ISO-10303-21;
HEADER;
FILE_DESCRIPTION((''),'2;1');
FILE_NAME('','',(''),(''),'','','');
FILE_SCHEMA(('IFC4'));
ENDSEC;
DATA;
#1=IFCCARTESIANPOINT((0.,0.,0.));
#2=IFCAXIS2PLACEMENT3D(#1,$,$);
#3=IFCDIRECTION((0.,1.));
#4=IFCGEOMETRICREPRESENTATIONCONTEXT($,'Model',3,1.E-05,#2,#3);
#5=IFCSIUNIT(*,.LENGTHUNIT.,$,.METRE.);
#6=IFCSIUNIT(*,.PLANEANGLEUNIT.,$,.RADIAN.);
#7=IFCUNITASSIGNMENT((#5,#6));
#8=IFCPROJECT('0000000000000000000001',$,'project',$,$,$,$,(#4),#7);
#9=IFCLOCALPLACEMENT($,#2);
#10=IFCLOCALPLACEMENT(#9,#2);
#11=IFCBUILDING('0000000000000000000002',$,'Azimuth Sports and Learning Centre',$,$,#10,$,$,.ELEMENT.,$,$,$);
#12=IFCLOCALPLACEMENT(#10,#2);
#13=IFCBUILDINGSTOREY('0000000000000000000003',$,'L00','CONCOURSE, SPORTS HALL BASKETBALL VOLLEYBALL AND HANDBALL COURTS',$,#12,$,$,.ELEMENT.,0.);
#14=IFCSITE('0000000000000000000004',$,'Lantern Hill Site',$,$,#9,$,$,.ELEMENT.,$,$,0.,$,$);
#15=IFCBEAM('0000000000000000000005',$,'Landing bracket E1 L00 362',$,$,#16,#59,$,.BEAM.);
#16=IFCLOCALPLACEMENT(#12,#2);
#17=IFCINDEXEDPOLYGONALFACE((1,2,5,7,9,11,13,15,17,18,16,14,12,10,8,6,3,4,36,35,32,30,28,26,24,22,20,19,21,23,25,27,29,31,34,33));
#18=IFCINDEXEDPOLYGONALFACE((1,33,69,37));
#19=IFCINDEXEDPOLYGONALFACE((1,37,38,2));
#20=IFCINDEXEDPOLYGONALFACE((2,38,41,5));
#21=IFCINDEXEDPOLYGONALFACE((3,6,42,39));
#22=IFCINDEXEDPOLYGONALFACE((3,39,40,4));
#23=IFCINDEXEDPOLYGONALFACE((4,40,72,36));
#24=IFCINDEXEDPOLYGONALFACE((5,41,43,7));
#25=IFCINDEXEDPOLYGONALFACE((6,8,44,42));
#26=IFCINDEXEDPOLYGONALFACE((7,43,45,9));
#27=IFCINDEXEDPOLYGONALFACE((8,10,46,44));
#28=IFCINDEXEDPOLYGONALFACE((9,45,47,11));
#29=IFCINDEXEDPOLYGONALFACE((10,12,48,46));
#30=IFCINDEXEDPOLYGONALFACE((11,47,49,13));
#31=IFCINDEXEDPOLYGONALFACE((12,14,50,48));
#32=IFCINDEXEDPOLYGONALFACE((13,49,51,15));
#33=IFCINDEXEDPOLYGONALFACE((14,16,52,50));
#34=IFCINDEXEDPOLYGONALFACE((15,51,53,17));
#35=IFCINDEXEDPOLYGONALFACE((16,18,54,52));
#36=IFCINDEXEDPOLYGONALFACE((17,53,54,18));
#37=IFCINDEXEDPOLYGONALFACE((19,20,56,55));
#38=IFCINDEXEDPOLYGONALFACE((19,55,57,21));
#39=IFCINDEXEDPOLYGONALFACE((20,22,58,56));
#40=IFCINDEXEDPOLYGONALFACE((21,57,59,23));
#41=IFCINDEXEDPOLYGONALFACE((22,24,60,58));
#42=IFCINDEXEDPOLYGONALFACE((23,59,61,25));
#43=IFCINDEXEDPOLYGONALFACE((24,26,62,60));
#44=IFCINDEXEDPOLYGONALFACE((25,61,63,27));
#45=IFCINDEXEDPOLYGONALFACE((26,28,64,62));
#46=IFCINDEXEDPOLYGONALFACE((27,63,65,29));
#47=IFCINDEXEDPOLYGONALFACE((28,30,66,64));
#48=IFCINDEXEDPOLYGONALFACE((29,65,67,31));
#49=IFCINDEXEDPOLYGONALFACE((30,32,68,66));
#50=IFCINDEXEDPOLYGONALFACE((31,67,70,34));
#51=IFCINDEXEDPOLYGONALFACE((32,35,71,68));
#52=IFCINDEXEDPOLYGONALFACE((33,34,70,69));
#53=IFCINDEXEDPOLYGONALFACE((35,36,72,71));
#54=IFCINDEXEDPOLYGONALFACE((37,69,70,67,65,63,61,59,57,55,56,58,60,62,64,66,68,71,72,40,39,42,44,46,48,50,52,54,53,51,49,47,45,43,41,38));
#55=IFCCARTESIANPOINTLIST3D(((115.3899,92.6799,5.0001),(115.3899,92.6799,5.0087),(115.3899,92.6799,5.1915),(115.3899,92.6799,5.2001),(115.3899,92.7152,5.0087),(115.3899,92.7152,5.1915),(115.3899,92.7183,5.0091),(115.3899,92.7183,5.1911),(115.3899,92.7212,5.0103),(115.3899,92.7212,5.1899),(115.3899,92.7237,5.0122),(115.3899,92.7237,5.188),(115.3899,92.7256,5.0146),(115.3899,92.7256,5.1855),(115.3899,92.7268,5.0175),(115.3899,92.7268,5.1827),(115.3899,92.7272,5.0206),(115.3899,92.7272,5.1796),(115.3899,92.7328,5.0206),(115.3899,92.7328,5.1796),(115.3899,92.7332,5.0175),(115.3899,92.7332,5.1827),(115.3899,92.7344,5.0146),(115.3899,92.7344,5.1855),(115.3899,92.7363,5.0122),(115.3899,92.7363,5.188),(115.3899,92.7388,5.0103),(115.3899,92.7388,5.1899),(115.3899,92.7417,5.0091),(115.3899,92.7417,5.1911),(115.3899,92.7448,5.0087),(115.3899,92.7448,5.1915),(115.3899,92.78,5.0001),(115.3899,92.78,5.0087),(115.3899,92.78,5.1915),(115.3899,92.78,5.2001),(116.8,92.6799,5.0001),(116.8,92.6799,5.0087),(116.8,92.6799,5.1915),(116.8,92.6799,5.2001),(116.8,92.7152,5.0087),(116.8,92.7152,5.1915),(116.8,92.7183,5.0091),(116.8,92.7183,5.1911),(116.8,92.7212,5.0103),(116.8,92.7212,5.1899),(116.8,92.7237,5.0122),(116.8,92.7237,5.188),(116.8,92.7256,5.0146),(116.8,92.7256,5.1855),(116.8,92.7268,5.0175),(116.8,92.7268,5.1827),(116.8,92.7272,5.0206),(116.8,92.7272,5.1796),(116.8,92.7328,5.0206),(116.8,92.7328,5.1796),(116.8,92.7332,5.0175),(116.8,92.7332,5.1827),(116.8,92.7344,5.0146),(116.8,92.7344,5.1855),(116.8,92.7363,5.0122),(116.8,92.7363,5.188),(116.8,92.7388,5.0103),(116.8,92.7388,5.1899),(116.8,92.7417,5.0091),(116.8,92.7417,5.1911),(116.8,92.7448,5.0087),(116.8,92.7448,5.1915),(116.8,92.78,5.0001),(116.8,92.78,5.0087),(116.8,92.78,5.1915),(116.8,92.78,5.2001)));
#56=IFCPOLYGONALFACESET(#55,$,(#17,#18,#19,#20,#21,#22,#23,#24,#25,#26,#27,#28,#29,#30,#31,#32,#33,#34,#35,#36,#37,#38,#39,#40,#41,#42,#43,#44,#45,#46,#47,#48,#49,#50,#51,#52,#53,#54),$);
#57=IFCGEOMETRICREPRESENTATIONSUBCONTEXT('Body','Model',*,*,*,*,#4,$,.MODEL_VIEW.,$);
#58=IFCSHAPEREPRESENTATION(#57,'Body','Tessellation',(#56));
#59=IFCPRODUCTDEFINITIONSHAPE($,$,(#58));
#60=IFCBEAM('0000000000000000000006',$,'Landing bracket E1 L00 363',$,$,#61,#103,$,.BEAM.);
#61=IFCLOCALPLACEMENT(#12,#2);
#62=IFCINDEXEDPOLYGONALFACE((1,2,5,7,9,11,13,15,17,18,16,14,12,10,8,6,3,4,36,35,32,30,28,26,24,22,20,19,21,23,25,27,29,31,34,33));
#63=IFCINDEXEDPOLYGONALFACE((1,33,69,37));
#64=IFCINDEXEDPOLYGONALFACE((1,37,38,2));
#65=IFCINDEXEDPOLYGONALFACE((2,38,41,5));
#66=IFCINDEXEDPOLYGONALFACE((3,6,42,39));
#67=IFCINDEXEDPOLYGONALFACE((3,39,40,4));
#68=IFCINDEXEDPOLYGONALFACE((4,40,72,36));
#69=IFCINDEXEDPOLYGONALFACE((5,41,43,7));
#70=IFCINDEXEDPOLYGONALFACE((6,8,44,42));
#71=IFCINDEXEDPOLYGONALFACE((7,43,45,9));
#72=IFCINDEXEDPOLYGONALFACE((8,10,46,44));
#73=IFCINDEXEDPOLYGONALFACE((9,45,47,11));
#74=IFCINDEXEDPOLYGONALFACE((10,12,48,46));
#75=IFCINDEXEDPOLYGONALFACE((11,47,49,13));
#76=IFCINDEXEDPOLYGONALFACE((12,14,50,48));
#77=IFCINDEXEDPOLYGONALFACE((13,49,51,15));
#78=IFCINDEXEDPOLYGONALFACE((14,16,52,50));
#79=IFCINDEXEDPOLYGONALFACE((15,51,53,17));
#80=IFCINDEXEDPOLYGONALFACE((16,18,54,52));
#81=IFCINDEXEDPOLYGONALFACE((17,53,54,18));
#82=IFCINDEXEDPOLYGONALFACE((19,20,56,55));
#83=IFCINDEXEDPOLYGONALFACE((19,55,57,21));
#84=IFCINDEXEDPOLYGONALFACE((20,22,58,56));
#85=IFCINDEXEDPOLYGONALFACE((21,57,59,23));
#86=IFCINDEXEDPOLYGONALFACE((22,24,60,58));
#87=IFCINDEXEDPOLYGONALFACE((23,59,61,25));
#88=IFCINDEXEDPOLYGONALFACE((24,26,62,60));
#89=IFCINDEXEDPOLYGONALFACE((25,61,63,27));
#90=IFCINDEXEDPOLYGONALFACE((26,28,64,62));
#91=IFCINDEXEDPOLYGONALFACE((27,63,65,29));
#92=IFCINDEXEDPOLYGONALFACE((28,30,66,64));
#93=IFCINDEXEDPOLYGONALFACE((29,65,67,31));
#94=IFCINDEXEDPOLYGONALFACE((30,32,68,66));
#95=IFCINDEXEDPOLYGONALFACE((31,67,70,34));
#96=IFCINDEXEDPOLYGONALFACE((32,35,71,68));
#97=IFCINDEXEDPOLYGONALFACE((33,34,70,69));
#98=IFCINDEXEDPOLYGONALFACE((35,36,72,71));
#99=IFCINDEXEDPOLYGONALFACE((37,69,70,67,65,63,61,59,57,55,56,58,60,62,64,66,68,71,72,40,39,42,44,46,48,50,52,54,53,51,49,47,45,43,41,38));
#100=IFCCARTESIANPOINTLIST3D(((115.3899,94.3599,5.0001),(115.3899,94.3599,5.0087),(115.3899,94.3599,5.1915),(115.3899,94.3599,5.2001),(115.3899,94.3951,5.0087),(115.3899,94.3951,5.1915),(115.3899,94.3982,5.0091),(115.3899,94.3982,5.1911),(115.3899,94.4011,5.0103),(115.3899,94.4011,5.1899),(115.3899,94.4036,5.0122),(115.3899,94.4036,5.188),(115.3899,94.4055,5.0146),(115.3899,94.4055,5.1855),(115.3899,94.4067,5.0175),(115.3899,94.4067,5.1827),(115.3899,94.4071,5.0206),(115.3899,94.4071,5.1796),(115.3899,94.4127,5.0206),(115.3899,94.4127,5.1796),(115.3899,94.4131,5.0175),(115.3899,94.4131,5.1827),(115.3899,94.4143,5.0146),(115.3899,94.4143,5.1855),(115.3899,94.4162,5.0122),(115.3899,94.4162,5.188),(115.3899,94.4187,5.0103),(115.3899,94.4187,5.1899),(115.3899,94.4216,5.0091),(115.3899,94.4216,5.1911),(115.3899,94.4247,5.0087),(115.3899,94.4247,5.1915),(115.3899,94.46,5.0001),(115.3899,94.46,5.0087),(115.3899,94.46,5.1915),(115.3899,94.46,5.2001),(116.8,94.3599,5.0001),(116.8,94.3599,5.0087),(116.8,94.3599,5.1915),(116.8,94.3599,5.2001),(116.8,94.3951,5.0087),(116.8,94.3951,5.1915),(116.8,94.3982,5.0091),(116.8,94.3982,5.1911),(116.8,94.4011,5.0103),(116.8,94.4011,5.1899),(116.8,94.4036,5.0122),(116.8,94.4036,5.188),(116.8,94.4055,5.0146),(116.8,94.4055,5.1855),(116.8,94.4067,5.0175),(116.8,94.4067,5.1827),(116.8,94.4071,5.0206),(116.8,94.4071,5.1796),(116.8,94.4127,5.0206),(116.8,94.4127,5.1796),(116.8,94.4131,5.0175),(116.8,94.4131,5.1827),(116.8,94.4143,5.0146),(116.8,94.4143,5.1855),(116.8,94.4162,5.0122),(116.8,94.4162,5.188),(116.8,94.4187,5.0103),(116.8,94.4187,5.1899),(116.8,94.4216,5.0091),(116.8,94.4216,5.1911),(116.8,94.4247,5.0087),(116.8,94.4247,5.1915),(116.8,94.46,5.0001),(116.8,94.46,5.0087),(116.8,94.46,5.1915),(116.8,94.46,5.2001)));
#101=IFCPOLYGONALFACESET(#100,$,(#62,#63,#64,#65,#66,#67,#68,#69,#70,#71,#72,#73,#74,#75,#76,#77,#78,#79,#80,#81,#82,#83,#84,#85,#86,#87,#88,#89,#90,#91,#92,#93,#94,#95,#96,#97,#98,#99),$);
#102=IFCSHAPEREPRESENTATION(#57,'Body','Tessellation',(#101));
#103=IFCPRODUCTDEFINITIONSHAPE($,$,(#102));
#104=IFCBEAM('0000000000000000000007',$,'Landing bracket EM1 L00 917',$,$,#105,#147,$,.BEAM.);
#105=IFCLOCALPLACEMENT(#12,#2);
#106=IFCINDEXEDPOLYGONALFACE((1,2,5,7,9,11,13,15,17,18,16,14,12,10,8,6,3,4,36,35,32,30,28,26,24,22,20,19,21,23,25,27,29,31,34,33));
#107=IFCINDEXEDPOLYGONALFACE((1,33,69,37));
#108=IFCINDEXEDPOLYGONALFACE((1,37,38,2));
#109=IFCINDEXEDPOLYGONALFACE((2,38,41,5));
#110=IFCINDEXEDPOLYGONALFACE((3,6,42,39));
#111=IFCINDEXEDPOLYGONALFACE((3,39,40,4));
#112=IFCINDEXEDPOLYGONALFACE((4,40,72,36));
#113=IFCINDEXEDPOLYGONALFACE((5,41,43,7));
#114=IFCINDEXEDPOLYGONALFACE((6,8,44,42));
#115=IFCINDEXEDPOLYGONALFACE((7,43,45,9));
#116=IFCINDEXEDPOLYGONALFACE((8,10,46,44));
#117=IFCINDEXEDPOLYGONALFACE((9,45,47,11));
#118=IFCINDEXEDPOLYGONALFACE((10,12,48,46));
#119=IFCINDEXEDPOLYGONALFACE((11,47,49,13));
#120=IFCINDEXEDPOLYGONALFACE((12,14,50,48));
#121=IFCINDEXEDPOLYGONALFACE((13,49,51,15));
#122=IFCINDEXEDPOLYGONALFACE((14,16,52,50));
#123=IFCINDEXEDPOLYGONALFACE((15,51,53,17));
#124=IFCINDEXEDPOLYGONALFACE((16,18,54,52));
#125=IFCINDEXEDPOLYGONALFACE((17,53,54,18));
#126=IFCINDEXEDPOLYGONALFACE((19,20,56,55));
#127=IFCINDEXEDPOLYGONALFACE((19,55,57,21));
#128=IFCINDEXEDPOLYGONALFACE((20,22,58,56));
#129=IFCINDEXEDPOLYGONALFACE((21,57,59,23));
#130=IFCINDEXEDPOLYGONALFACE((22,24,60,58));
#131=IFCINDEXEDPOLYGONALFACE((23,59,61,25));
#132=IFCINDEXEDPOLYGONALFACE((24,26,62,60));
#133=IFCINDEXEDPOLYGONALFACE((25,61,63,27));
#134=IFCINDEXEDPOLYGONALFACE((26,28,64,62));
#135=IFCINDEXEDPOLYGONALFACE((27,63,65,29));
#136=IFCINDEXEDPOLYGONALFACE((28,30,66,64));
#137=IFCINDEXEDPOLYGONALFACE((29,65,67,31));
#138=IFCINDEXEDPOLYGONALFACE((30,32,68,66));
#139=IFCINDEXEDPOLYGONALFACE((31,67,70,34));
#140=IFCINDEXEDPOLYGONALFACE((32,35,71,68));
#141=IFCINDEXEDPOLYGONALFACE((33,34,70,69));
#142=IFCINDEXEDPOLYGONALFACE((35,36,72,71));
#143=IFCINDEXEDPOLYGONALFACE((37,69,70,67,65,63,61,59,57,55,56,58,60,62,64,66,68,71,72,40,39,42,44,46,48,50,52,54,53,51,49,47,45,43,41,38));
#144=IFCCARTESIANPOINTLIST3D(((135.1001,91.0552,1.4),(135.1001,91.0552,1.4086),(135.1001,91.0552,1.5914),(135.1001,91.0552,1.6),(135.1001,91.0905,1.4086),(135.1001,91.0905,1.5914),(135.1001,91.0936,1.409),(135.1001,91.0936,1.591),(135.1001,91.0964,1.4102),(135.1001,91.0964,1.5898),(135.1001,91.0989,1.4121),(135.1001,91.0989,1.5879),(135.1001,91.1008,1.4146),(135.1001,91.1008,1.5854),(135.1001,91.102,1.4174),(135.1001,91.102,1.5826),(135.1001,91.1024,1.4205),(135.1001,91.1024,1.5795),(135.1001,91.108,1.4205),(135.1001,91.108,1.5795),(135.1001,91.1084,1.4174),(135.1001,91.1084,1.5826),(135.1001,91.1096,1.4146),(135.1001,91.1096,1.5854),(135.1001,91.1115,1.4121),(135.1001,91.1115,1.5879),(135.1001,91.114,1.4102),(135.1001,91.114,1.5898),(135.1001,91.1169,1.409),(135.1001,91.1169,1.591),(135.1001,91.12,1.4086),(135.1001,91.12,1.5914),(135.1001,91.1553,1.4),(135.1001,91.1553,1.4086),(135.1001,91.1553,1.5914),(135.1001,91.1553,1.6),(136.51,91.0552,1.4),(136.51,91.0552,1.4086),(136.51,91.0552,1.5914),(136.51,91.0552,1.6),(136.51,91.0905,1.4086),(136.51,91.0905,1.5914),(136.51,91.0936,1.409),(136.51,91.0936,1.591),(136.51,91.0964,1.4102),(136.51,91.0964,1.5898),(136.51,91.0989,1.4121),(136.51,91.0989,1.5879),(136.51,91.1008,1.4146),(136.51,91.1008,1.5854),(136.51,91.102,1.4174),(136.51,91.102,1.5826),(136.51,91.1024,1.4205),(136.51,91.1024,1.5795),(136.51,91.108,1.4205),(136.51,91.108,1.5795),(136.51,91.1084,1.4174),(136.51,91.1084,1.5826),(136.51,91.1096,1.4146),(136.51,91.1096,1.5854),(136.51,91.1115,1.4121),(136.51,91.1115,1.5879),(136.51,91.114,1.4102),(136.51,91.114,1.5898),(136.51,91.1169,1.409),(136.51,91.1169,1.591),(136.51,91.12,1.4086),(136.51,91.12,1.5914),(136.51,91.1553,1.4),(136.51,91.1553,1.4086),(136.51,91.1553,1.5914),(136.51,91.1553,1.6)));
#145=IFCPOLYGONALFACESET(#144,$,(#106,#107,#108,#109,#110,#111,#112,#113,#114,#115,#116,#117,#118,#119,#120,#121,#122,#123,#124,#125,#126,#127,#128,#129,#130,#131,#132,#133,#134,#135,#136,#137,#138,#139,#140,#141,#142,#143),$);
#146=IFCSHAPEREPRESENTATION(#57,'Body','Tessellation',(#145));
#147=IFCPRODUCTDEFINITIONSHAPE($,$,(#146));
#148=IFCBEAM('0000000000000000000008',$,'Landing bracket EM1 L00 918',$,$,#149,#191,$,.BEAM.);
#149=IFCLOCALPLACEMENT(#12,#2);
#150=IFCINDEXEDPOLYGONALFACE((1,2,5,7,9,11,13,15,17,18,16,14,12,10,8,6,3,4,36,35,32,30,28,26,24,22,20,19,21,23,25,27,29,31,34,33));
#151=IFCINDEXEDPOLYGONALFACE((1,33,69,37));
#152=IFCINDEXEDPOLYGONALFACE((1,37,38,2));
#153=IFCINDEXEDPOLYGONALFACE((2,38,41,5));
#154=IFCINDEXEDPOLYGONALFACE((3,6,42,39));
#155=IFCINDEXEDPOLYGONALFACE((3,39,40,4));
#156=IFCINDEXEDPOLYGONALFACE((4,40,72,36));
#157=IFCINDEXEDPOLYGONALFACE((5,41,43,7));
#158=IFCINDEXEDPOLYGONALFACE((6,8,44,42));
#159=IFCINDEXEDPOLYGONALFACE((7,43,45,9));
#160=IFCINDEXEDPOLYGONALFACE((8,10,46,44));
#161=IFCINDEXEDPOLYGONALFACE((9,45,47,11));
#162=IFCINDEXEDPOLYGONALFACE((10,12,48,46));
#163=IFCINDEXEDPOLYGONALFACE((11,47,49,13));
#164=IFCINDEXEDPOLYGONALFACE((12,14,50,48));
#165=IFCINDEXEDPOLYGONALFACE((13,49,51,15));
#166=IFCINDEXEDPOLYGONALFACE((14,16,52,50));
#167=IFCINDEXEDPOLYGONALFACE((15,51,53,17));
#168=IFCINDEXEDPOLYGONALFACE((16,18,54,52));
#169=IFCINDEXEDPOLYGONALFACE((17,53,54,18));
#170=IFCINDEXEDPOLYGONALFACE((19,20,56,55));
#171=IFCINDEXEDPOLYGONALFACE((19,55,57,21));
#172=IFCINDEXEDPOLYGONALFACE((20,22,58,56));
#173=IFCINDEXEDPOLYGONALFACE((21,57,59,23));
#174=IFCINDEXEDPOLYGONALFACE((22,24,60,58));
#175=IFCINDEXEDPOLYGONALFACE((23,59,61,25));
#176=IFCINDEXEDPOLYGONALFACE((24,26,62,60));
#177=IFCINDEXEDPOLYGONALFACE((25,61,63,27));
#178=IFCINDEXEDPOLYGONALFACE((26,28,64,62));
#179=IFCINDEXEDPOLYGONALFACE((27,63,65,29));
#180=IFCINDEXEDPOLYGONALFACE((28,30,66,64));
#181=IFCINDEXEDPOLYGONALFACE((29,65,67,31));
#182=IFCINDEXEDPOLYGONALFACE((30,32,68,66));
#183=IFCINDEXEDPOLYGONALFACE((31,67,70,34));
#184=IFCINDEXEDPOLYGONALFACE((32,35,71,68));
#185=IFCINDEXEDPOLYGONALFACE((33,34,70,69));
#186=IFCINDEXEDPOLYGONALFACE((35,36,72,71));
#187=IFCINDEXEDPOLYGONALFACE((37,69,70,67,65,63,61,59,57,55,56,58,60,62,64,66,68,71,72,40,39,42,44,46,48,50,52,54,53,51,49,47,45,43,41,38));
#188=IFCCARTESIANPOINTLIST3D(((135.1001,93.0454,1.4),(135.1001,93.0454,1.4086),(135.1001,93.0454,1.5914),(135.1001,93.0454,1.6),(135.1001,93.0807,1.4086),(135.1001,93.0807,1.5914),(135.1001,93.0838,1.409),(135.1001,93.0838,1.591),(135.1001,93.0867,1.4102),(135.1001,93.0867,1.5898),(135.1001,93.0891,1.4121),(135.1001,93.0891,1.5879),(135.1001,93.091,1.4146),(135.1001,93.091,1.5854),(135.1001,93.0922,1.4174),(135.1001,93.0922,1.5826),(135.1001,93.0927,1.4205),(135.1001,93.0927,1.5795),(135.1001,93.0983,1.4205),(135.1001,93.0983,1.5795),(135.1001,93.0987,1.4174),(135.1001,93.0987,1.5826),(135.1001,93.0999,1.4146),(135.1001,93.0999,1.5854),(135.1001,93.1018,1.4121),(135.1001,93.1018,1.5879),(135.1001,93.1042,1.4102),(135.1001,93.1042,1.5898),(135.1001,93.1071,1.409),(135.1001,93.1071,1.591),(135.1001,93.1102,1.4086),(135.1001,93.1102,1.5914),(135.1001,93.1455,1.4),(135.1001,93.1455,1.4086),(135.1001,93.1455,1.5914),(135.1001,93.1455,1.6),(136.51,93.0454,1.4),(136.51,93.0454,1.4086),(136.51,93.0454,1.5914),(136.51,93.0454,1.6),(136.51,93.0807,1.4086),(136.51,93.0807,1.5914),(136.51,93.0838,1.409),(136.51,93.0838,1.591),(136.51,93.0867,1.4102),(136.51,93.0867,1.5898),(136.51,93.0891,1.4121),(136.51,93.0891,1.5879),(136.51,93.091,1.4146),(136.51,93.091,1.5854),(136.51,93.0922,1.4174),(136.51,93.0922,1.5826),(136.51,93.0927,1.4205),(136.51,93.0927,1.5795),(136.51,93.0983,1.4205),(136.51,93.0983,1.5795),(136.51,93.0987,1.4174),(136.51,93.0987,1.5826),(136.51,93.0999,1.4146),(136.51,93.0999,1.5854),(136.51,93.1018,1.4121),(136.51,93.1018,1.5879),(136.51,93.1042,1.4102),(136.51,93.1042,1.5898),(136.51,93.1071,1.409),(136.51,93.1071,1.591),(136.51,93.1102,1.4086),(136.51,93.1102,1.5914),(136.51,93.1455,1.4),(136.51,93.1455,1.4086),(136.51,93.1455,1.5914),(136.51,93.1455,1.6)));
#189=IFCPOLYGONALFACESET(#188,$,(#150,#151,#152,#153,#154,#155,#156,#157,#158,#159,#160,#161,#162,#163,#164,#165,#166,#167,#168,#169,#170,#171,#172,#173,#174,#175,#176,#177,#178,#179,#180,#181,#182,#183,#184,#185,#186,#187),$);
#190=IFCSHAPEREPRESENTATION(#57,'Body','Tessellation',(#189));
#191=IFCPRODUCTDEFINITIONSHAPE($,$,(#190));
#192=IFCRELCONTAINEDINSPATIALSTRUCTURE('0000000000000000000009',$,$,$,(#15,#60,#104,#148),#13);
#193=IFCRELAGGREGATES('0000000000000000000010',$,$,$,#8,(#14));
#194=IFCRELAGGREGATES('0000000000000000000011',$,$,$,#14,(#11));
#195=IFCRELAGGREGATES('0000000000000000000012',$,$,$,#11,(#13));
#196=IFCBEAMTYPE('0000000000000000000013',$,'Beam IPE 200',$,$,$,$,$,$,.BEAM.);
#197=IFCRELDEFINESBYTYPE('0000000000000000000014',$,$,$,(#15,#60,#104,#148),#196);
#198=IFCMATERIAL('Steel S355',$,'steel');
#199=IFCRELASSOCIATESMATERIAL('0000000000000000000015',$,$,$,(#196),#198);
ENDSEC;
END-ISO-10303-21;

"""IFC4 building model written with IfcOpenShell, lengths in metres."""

from ifc_helpers import new_model, si_unit, direction, frame, origin, origin_2d, place, context, subcontext, project, spatial, i_section, extrude, material, material_profile, profile_set, type_object, element, save


model = new_model("IFC4")

# Units and contexts
model_context = context("Model", 3, precision=1e-05, world=origin(), true_north=direction((0.0, 1.0)))
body_context = subcontext(model_context, "Body", "Model", "MODEL_VIEW")
ifc_project = project(units=[si_unit("LENGTHUNIT", "METRE"), si_unit("PLANEANGLEUNIT", "RADIAN")], contexts=[model_context])

# Site, building, storey
site_placement = place(None, origin())
site = spatial("IfcSite", under=ifc_project, at=site_placement, Name="Lantern Hill Site", CompositionType="ELEMENT", RefElevation=0.0)
building_placement = place(site_placement, origin())
building = spatial("IfcBuilding", under=site, at=building_placement, Name="Azimuth Sports and Learning Centre", CompositionType="ELEMENT")
storey_placement = place(building_placement, origin())
storey = spatial("IfcBuildingStorey", under=building, at=storey_placement, Name="L00", Description="CONCOURSE, SPORTS HALL BASKETBALL VOLLEYBALL AND HANDBALL COURTS", CompositionType="ELEMENT", Elevation=0.0)

# Beams
ifc_material_1 = material(Name="Steel S355", Category="steel")
ifc_material_profile_1 = material_profile(ifc_material_1, i_section(OverallWidth=0.1001, OverallDepth=0.2, WebThickness=0.0056, FlangeThickness=0.0085, FilletRadius=0.012, at=origin_2d()), Name="IPE 200")
ifc_profile_set_1 = profile_set([ifc_material_profile_1], Name="Steel S355")
beam_type = type_object("IfcBeamType", Name="Beam IPE 200", PredefinedType="BEAM", material=ifc_profile_set_1)
for number, where, z_axis, x_axis, name in (
    (1, (116.8, 92.73, 5.1001), (-1.0, 0.0, 0.0), (0.0, -1.0, 0.0), "Landing bracket E1 L00 362"),
    (2, (116.8, 94.4099, 5.1001), (-1.0, 0.0, 0.0), (0.0, -1.0, 0.0), "Landing bracket E1 L00 363"),
):
    element("IfcBeam", number, at=place(storey_placement, frame(where, z_axis=z_axis, x_axis=x_axis)), inside=storey, type_object=beam_type, Name=name, PredefinedType="BEAM", context=body_context, shape_type="SweptSolid", body=[
        extrude(i_section(OverallWidth=0.1001, OverallDepth=0.2, WebThickness=0.0056, FlangeThickness=0.0085, FilletRadius=0.012, at=origin_2d()), origin(), (0.0, 0.0, 1.0), 1.4102),
    ])
for number, where, z_axis, x_axis, name in (
    (3, (135.1001, 91.1052, 1.5), (1.0, 0.0, 0.0), (0.0, 1.0, 0.0), "Landing bracket EM1 L00 917"),
    (4, (135.1001, 93.0955, 1.5), (1.0, 0.0, 0.0), (0.0, 1.0, 0.0), "Landing bracket EM1 L00 918"),
):
    element("IfcBeam", number, at=place(storey_placement, frame(where, z_axis=z_axis, x_axis=x_axis)), inside=storey, type_object=beam_type, Name=name, PredefinedType="BEAM", context=body_context, shape_type="SweptSolid", body=[
        extrude(i_section(OverallWidth=0.1001, OverallDepth=0.2, WebThickness=0.0056, FlangeThickness=0.0085, FilletRadius=0.012, at=origin_2d()), origin(), (0.0, 0.0, 1.0), 1.4099),
    ])

save(model, "model.ifc")
